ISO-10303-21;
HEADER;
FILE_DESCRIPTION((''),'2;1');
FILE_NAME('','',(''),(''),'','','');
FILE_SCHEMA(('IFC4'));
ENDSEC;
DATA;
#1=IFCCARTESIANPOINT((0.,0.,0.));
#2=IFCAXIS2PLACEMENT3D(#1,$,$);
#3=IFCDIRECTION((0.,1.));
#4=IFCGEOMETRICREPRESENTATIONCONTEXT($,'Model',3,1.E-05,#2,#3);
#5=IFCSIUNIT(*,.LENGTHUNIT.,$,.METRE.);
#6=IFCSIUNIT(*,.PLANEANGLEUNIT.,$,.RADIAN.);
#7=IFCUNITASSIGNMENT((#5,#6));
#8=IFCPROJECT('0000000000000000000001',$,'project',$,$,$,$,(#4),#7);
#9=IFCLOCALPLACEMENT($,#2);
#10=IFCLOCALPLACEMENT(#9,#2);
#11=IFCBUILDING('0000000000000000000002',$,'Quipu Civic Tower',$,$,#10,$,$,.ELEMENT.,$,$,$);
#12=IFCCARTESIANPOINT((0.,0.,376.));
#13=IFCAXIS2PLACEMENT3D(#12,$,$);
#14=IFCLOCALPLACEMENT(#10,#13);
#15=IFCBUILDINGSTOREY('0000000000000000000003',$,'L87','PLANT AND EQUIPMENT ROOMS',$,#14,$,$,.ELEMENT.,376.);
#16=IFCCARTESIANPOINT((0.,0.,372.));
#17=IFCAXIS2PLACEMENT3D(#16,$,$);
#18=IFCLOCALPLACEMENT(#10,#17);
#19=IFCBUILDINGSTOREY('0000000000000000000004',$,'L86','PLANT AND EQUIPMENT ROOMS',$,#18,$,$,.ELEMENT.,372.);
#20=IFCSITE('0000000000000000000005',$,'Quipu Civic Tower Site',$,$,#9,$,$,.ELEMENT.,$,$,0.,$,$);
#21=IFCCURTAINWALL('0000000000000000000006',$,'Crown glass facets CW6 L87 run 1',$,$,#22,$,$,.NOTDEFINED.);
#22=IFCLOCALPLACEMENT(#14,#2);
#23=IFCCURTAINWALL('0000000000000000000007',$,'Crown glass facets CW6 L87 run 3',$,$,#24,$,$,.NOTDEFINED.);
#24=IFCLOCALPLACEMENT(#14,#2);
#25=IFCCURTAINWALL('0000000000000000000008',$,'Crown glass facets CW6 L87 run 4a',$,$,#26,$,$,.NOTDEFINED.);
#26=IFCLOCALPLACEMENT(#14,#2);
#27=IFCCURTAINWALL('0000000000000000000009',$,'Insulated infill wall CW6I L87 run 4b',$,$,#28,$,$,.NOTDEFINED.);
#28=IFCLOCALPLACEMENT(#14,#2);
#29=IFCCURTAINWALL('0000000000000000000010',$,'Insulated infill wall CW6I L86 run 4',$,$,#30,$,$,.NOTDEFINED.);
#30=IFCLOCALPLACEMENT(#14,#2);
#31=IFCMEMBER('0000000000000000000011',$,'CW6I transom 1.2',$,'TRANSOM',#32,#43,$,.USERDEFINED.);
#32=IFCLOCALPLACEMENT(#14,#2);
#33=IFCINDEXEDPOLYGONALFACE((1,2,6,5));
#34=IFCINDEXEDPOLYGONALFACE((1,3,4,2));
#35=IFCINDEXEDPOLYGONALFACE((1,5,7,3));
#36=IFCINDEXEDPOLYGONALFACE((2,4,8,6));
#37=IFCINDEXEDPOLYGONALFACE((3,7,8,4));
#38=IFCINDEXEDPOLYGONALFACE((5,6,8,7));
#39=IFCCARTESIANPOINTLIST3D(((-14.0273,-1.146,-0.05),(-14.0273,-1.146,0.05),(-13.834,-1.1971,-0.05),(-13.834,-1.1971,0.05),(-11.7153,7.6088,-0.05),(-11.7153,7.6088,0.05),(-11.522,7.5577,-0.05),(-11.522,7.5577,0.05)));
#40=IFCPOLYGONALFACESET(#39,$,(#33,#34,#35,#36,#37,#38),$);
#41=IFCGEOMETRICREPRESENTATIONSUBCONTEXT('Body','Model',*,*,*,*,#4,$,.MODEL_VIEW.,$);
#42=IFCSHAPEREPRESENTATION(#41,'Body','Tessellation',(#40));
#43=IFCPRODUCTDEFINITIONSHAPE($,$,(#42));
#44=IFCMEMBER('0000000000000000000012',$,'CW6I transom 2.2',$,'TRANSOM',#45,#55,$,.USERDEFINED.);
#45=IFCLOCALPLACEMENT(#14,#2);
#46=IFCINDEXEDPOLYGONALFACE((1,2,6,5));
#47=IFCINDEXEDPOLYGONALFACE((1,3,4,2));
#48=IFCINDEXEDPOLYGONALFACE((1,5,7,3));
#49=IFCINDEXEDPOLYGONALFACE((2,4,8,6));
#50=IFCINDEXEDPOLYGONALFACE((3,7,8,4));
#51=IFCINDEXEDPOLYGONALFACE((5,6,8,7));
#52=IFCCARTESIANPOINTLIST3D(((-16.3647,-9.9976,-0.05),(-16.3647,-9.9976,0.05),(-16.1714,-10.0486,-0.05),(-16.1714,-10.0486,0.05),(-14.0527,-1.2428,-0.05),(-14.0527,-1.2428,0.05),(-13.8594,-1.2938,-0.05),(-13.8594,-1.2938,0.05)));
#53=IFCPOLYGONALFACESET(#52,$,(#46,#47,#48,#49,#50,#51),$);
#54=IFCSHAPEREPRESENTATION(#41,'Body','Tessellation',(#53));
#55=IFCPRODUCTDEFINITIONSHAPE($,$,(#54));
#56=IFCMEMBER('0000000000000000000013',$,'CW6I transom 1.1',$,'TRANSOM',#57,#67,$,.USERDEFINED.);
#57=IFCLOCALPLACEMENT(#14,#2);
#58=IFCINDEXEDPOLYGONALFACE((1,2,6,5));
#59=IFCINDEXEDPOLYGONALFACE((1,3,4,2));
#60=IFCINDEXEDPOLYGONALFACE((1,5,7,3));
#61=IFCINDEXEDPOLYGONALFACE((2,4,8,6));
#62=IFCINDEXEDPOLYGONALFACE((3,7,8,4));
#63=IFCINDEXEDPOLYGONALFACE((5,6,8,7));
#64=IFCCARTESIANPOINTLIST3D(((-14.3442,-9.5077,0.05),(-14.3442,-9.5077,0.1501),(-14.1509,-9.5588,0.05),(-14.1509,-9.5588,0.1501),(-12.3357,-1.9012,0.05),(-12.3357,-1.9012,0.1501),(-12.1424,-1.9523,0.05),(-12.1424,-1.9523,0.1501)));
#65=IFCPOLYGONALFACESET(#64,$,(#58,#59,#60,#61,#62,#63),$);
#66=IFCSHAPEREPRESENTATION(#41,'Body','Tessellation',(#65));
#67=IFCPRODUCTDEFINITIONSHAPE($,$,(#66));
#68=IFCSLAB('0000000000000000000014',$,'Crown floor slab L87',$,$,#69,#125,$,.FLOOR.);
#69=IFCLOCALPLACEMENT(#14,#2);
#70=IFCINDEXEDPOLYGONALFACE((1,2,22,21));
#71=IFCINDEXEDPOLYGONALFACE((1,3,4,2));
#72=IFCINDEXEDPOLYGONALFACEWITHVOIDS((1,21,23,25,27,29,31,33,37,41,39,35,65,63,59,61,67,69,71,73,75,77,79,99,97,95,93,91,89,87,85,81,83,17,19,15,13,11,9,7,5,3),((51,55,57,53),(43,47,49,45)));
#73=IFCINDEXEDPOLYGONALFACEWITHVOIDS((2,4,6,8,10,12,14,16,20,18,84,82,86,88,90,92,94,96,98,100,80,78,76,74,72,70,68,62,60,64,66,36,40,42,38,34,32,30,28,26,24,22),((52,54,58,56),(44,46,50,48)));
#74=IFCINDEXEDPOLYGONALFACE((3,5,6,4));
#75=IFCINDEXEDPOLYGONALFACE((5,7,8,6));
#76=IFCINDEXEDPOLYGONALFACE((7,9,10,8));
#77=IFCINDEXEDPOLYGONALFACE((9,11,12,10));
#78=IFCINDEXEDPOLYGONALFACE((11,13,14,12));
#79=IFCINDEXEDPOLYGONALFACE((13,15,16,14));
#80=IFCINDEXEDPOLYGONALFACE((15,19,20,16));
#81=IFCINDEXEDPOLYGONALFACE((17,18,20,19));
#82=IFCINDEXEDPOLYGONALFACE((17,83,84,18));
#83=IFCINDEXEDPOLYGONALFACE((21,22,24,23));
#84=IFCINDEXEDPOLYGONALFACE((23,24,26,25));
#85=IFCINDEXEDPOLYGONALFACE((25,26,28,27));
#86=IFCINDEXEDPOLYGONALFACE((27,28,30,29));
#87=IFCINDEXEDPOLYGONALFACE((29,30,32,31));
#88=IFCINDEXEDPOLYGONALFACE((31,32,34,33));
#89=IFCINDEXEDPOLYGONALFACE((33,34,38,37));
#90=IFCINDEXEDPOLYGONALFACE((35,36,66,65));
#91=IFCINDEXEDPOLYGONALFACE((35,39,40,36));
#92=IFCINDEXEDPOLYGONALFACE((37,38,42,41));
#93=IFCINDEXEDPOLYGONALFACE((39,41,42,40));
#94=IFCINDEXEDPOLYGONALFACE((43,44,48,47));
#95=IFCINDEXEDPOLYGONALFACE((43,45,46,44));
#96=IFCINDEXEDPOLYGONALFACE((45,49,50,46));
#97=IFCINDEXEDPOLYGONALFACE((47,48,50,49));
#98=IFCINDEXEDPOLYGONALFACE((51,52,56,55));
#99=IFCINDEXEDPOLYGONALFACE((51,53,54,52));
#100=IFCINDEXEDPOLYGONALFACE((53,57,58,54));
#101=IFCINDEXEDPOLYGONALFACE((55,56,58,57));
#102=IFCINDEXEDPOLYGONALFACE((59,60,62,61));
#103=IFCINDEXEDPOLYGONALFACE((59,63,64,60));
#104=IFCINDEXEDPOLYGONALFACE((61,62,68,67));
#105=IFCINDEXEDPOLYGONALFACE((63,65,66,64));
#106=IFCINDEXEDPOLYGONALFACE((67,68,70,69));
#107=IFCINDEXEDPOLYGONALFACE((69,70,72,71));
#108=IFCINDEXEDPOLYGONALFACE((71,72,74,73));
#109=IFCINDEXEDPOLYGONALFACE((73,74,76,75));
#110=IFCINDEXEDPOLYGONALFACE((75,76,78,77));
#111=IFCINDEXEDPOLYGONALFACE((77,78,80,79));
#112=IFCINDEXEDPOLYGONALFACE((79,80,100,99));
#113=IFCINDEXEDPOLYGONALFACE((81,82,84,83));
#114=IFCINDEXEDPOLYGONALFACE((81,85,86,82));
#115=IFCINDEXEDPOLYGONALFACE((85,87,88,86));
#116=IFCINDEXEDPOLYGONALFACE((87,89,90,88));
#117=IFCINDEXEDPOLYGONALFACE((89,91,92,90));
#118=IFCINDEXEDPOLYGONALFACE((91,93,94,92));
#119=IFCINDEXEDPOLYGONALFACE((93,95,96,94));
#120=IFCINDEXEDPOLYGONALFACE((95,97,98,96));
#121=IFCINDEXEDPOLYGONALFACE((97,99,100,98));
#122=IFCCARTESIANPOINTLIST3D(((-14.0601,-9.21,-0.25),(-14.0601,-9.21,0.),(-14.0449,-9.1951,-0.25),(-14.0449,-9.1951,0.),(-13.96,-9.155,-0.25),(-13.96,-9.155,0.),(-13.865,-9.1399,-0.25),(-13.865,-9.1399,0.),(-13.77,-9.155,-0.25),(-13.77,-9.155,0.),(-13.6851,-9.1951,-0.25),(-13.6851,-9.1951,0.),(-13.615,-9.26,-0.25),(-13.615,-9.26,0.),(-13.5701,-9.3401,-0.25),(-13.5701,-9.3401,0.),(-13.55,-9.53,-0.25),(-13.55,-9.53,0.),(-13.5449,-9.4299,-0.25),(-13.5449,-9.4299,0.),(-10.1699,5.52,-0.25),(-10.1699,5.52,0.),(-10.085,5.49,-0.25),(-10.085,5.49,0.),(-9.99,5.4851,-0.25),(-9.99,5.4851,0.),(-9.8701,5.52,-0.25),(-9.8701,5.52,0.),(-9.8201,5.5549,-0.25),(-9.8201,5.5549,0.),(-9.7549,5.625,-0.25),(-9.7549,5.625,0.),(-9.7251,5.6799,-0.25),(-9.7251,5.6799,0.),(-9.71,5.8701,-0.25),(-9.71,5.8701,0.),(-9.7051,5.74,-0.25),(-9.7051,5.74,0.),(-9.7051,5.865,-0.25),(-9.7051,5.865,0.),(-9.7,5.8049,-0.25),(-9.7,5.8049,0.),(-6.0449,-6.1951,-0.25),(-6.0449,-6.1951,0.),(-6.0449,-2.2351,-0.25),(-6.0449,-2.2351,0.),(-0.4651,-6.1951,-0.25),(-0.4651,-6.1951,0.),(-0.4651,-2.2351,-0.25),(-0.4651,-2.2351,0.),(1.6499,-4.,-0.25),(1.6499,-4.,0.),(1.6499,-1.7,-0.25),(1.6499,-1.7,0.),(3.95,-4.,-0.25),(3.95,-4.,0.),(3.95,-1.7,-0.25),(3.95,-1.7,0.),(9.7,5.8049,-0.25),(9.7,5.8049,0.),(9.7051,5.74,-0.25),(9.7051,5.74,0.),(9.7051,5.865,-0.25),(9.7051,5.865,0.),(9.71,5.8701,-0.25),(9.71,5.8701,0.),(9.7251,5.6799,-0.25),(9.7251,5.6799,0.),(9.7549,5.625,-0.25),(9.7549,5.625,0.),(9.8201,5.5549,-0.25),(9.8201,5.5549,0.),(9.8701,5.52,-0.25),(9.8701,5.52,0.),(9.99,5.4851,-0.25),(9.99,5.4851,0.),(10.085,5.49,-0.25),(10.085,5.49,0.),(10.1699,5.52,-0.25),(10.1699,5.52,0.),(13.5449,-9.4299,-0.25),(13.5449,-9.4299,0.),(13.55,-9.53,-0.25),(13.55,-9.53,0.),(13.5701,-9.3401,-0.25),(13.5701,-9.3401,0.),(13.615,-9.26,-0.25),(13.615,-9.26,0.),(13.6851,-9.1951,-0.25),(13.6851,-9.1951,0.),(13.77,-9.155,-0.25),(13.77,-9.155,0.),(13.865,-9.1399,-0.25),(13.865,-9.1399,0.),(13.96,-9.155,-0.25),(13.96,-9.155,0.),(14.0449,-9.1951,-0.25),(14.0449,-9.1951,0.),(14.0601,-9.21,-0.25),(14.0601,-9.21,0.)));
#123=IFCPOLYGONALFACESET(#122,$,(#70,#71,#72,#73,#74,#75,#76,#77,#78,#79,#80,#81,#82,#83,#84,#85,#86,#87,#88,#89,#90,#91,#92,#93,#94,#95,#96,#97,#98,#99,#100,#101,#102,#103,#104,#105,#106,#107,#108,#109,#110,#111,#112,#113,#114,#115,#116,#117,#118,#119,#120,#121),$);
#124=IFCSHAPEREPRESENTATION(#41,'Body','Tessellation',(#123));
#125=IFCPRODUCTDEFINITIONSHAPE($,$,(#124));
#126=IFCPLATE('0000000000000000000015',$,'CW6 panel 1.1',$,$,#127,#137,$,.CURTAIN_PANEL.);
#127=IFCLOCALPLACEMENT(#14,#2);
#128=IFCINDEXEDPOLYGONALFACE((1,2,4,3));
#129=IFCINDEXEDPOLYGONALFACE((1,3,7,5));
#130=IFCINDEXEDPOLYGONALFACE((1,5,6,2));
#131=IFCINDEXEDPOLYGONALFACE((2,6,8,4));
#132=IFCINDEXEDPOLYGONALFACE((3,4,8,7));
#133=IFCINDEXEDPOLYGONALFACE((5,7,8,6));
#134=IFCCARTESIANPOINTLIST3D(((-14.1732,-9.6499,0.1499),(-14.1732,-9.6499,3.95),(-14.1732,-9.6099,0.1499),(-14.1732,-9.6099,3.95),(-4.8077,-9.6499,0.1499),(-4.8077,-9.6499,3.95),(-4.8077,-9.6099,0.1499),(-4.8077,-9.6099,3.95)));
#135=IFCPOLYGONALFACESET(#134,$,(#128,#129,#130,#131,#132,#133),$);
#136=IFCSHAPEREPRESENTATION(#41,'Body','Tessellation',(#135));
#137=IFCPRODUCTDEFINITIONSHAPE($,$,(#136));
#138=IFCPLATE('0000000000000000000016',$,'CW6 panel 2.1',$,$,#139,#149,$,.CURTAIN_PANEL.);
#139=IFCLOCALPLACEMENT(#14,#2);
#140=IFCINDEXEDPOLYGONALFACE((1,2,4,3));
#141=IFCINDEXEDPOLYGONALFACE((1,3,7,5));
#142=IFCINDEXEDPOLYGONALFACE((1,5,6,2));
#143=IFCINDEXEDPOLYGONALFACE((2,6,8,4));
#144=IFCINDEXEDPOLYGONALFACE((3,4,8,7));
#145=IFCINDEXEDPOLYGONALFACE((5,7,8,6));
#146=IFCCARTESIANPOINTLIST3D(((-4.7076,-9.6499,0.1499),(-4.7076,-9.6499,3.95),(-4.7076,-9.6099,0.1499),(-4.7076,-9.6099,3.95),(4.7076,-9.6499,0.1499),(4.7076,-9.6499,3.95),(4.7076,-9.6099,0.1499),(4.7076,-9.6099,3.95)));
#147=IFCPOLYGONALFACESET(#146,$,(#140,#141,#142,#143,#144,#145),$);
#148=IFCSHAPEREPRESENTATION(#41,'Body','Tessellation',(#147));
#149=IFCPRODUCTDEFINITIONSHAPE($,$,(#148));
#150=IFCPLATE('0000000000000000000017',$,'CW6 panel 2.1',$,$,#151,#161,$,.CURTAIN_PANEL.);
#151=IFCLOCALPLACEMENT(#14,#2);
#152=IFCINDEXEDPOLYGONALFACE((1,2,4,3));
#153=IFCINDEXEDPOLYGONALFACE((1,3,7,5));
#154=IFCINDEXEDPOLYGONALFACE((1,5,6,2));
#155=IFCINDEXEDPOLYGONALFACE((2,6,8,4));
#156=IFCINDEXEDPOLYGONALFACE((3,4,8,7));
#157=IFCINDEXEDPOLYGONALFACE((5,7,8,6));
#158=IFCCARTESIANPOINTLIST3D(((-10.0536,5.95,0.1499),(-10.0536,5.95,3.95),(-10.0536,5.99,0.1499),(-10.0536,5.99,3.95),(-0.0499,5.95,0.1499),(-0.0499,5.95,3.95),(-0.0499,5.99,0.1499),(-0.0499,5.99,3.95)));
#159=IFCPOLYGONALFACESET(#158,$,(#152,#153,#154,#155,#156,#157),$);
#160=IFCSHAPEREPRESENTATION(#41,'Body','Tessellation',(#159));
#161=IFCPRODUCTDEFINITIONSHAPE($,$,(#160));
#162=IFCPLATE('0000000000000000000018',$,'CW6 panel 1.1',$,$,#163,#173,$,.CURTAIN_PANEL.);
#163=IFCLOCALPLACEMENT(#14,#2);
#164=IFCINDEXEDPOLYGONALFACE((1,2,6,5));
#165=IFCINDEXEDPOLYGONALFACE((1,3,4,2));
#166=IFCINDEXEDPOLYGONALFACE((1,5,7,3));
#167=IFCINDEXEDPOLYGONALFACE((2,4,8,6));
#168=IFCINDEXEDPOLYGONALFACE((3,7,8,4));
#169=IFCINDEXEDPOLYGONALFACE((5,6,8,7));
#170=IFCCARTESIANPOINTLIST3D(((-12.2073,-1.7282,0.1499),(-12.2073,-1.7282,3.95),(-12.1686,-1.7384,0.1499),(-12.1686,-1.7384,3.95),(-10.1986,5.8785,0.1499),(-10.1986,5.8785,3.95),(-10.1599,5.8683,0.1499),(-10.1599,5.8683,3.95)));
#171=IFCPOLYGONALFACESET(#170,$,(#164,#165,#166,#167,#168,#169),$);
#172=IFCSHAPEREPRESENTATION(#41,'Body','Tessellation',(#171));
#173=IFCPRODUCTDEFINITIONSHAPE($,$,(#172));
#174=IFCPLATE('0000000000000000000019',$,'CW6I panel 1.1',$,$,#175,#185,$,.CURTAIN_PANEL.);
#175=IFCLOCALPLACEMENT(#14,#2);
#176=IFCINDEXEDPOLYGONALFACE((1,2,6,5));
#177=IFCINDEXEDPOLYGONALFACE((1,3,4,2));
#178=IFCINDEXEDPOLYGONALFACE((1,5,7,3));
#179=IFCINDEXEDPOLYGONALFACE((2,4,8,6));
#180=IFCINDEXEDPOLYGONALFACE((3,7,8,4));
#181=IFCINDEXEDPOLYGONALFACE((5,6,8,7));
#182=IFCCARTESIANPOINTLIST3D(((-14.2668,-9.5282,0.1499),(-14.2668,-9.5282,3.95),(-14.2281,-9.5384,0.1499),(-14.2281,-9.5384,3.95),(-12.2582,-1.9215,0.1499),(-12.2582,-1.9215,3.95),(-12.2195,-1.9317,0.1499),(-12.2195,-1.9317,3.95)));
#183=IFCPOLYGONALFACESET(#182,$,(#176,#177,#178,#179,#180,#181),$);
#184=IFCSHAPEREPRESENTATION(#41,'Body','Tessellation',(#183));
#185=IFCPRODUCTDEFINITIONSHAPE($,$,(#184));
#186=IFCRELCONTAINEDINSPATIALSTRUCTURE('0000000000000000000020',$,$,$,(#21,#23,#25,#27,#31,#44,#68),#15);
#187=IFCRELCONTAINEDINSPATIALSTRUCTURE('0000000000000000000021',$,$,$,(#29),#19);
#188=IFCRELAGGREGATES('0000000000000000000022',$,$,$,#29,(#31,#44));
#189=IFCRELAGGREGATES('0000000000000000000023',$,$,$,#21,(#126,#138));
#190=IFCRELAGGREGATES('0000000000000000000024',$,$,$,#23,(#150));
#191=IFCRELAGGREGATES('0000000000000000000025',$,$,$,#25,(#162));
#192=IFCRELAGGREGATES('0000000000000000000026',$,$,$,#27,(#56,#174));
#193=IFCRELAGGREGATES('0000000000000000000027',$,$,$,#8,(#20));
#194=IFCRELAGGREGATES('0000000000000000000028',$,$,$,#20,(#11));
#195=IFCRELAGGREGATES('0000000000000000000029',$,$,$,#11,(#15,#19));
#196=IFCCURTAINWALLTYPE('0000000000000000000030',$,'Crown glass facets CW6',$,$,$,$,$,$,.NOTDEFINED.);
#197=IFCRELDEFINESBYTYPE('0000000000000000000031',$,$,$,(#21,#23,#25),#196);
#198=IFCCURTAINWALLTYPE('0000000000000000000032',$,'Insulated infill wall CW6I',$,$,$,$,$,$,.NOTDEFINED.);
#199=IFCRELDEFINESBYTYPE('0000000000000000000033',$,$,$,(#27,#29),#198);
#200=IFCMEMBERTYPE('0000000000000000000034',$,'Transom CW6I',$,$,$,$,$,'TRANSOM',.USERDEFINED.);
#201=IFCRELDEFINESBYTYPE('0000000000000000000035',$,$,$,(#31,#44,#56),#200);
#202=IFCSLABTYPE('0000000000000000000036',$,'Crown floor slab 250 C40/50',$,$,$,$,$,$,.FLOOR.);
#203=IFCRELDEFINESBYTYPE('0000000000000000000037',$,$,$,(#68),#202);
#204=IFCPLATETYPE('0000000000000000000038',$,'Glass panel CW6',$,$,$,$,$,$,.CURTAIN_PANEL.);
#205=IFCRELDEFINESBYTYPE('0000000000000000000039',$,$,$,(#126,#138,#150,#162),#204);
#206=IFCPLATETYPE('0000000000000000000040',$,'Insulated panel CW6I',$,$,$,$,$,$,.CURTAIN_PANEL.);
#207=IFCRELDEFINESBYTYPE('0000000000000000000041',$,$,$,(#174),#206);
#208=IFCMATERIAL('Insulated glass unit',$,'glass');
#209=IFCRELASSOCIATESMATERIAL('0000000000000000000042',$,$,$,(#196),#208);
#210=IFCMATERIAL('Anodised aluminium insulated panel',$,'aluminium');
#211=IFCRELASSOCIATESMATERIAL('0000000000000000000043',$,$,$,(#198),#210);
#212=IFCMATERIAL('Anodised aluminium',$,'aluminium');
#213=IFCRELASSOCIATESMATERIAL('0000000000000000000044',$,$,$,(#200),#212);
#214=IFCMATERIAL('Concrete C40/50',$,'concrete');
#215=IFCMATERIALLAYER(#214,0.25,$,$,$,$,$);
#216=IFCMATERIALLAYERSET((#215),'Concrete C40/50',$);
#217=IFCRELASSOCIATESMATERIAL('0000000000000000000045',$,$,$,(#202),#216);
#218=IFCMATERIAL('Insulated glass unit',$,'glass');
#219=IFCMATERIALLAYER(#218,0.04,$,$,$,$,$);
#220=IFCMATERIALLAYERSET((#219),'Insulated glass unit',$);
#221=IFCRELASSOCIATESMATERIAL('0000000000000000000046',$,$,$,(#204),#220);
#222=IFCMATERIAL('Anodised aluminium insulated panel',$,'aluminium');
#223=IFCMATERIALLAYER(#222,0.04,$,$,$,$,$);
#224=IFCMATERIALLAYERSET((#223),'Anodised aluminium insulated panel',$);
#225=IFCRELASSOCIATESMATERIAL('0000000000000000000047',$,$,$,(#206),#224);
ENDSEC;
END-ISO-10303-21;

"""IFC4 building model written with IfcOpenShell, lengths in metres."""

from ifc_helpers import new_model, si_unit, direction, frame, origin, origin_2d, place, context, subcontext, project, spatial, polyline, rectangle, outline, extrude, material, layer, layer_set, material_profile, profile_set, type_object, element, aggregate, save


model = new_model("IFC4")

# Units and contexts
model_context = context("Model", 3, precision=1e-05, world=origin(), true_north=direction((0.0, 1.0)))
body_context = subcontext(model_context, "Body", "Model", "MODEL_VIEW")
ifc_project = project(units=[si_unit("LENGTHUNIT", "METRE"), si_unit("PLANEANGLEUNIT", "RADIAN")], contexts=[model_context])

# Site, building, storey
site_placement = place(None, origin())
site = spatial("IfcSite", under=ifc_project, at=site_placement, Name="Quipu Civic Tower Site", CompositionType="ELEMENT", RefElevation=0.0)
building_placement = place(site_placement, origin())
building = spatial("IfcBuilding", under=site, at=building_placement, Name="Quipu Civic Tower", CompositionType="ELEMENT")
storey_1_placement = place(building_placement, frame((0.0, 0.0, 376.0)))
storey_1 = spatial("IfcBuildingStorey", under=building, at=storey_1_placement, Name="L87", Description="PLANT AND EQUIPMENT ROOMS", CompositionType="ELEMENT", Elevation=376.0)

# Curtain wall
ifc_material_1 = material(Name="Insulated glass unit", Category="glass")
curtain_wall_type_1 = type_object("IfcCurtainWallType", Name="Crown glass facets CW6", PredefinedType="NOTDEFINED", material=ifc_material_1)
curtain_wall_1_placement = place(storey_1_placement, origin())
curtain_wall_1 = element("IfcCurtainWall", 1, at=curtain_wall_1_placement, inside=storey_1, type_object=curtain_wall_type_1, Name="Crown glass facets CW6 L87 run 1", PredefinedType="NOTDEFINED")

# Curtain wall
curtain_wall_2_placement = place(storey_1_placement, origin())
curtain_wall_2 = element("IfcCurtainWall", 2, at=curtain_wall_2_placement, inside=storey_1, type_object=curtain_wall_type_1, Name="Crown glass facets CW6 L87 run 3", PredefinedType="NOTDEFINED")

# Curtain walls
curtain_wall_3_placement = place(storey_1_placement, origin())
curtain_wall_3 = element("IfcCurtainWall", 3, at=curtain_wall_3_placement, inside=storey_1, type_object=curtain_wall_type_1, Name="Crown glass facets CW6 L87 run 4a", PredefinedType="NOTDEFINED")
ifc_material_2 = material(Name="Anodised aluminium insulated panel", Category="aluminium")
curtain_wall_type_2 = type_object("IfcCurtainWallType", Name="Insulated infill wall CW6I", PredefinedType="NOTDEFINED", material=ifc_material_2)
curtain_wall_4_placement = place(storey_1_placement, origin())
curtain_wall_4 = element("IfcCurtainWall", 4, at=curtain_wall_4_placement, inside=storey_1, type_object=curtain_wall_type_2, Name="Insulated infill wall CW6I L87 run 4b", PredefinedType="NOTDEFINED")

# Shared definitions
storey_2_placement = place(building_placement, frame((0.0, 0.0, 372.0)))
storey_2 = spatial("IfcBuildingStorey", under=building, at=storey_2_placement, Name="L86", Description="PLANT AND EQUIPMENT ROOMS", CompositionType="ELEMENT", Elevation=372.0)

# Curtain wall, members
curtain_wall_5_placement = place(storey_2_placement, origin())
curtain_wall_5 = element("IfcCurtainWall", 5, at=curtain_wall_5_placement, inside=storey_2, type_object=curtain_wall_type_2, Name="Insulated infill wall CW6I L86 run 4", PredefinedType="NOTDEFINED")
ifc_material_3 = material(Name="Anodised aluminium", Category="aluminium")
ifc_material_profile_1 = material_profile(ifc_material_3, rectangle(XDim=0.2, YDim=0.1001, at=origin_2d()), Name="RECT 200x100")
ifc_profile_set_1 = profile_set([ifc_material_profile_1], Name="Anodised aluminium")
member_type_1 = type_object("IfcMemberType", Name="Transom CW6I", ElementType="TRANSOM", PredefinedType="USERDEFINED", material=ifc_profile_set_1)
member_1_placement = place(storey_1_placement, frame((-11.6187, 7.5833, 0.0), z_axis=(-0.255329, -0.966854, 0.0), x_axis=(0.966854, -0.255329, 0.0)))
member_1 = element("IfcMember", 6, at=member_1_placement, inside=storey_1, type_object=member_type_1, Name="CW6I transom 1.2", ObjectType="TRANSOM", PredefinedType="USERDEFINED", context=body_context, shape_type="SweptSolid", body=[
    extrude(rectangle(XDim=0.2, YDim=0.1001, at=origin_2d()), origin(), (0.0, 0.0, 1.0), 9.0549),
])
member_2_placement = place(storey_1_placement, frame((-13.9561, -1.2683, 0.0), z_axis=(-0.255329, -0.966854, 0.0), x_axis=(0.966854, -0.255329, 0.0)))
member_2 = element("IfcMember", 7, at=member_2_placement, inside=storey_1, type_object=member_type_1, Name="CW6I transom 2.2", ObjectType="TRANSOM", PredefinedType="USERDEFINED", context=body_context, shape_type="SweptSolid", body=[
    extrude(rectangle(XDim=0.2, YDim=0.1001, at=origin_2d()), origin(), (0.0, 0.0, 1.0), 9.0549),
])
aggregate(curtain_wall_5, [member_1, member_2])

# Member
member_3_placement = place(storey_1_placement, frame((-12.239, -1.9268, 0.1001), z_axis=(-0.255307, -0.96686, 0.0), x_axis=(0.96686, -0.255307, 0.0)))
member_3 = element("IfcMember", 8, at=member_3_placement, type_object=member_type_1, Name="CW6I transom 1.1", ObjectType="TRANSOM", PredefinedType="USERDEFINED", context=body_context, shape_type="SweptSolid", body=[
    extrude(rectangle(XDim=0.2, YDim=0.1001, at=origin_2d()), origin(), (0.0, 0.0, 1.0), 7.8672),
])

# Slab
ifc_material_4 = material(Name="Concrete C40/50", Category="concrete")
ifc_layer_1 = layer(ifc_material_4, 0.25)
ifc_layer_set_1 = layer_set([ifc_layer_1], Name="Concrete C40/50")
slab_type = type_object("IfcSlabType", Name="Crown floor slab 250 C40/50", PredefinedType="FLOOR", material=ifc_layer_set_1)
slab_placement = place(storey_1_placement, frame((0.0, 0.0, -0.25)))
element("IfcSlab", 9, at=slab_placement, inside=storey_1, type_object=slab_type, Name="Crown floor slab L87", PredefinedType="FLOOR", context=body_context, shape_type="SweptSolid", body=[
    extrude(outline(polyline([(-13.55, -9.53), (-13.5449, -9.4299), (-13.5701, -9.3401), (-13.615, -9.26), (-13.6851, -9.1951), (-13.77, -9.155), (-13.865, -9.1399), (-13.96, -9.155), (-14.0449, -9.1951), (-14.0601, -9.21), (-10.1699, 5.52), (-10.085, 5.49), (-9.99, 5.4851), (-9.8701, 5.52), (-9.8201, 5.5549), (-9.7549, 5.625), (-9.7251, 5.6799), (-9.7051, 5.74), (-9.7, 5.8049), (-9.7051, 5.865), (-9.71, 5.8701), (9.71, 5.8701), (9.7051, 5.865), (9.7, 5.8049), (9.7051, 5.74), (9.7251, 5.6799), (9.7549, 5.625), (9.8201, 5.5549), (9.8701, 5.52), (9.99, 5.4851), (10.085, 5.49), (10.1699, 5.52), (14.0601, -9.21), (14.0449, -9.1951), (13.96, -9.155), (13.865, -9.1399), (13.77, -9.155), (13.6851, -9.1951), (13.615, -9.26), (13.5701, -9.3401), (13.5449, -9.4299), (13.55, -9.53), (-13.55, -9.53)]), holes=[polyline([(-6.0449, -2.2351), (-6.0449, -6.1951), (-0.4651, -6.1951), (-0.4651, -2.2351), (-6.0449, -2.2351)]), polyline([(3.95, -1.7), (1.6499, -1.7), (1.6499, -4.0), (3.95, -4.0), (3.95, -1.7)])]), origin(), (0.0, 0.0, 1.0), 0.25),
])

# Plates
ifc_material_5 = material(Name="Insulated glass unit", Category="glass")
ifc_layer_2 = layer(ifc_material_5, 0.04)
ifc_layer_set_2 = layer_set([ifc_layer_2], Name="Insulated glass unit")
plate_type_1 = type_object("IfcPlateType", Name="Glass panel CW6", PredefinedType="CURTAIN_PANEL", material=ifc_layer_set_2)
plate_1_placement = place(storey_1_placement, frame((-9.4905, -9.6299, 0.1499), z_axis=(0.0, 0.0, 1.0), x_axis=(1.0, 0.0, 0.0)))
plate_1 = element("IfcPlate", 10, at=plate_1_placement, type_object=plate_type_1, Name="CW6 panel 1.1", PredefinedType="CURTAIN_PANEL", context=body_context, shape_type="SweptSolid", body=[
    extrude(rectangle(XDim=9.3655, YDim=0.04, at=origin_2d()), origin(), (0.0, 0.0, 1.0), 3.8),
])
plate_2_placement = place(storey_1_placement, frame((0.0, -9.6299, 0.1499), z_axis=(0.0, 0.0, 1.0), x_axis=(1.0, 0.0, 0.0)))
plate_2 = element("IfcPlate", 11, at=plate_2_placement, type_object=plate_type_1, Name="CW6 panel 2.1", PredefinedType="CURTAIN_PANEL", context=body_context, shape_type="SweptSolid", body=[
    extrude(rectangle(XDim=9.4153, YDim=0.04, at=origin_2d()), origin(), (0.0, 0.0, 1.0), 3.8),
])
aggregate(curtain_wall_1, [plate_1, plate_2])
plate_3_placement = place(storey_1_placement, frame((-5.0518, 5.97, 0.1499), z_axis=(0.0, 0.0, 1.0), x_axis=(-1.0, 0.0, 0.0)))
plate_3 = element("IfcPlate", 12, at=plate_3_placement, type_object=plate_type_1, Name="CW6 panel 2.1", PredefinedType="CURTAIN_PANEL", context=body_context, shape_type="SweptSolid", body=[
    extrude(rectangle(XDim=10.0037, YDim=0.04, at=origin_2d()), origin(), (0.0, 0.0, 1.0), 3.8),
])
aggregate(curtain_wall_2, [plate_3])
plate_4_placement = place(storey_1_placement, frame((-11.1836, 2.0701, 0.1499), z_axis=(0.0, 0.0, 1.0), x_axis=(-0.255313, -0.966859, 0.0)))
plate_4 = element("IfcPlate", 13, at=plate_4_placement, type_object=plate_type_1, Name="CW6 panel 1.1", PredefinedType="CURTAIN_PANEL", context=body_context, shape_type="SweptSolid", body=[
    extrude(rectangle(XDim=7.8674, YDim=0.04, at=origin_2d()), origin(), (0.0, 0.0, 1.0), 3.8),
])
aggregate(curtain_wall_3, [plate_4])
ifc_material_6 = material(Name="Anodised aluminium insulated panel", Category="aluminium")
ifc_layer_3 = layer(ifc_material_6, 0.04)
ifc_layer_set_3 = layer_set([ifc_layer_3], Name="Anodised aluminium insulated panel")
plate_type_2 = type_object("IfcPlateType", Name="Insulated panel CW6I", PredefinedType="CURTAIN_PANEL", material=ifc_layer_set_3)
plate_5_placement = place(storey_1_placement, frame((-13.2432, -5.73, 0.1499), z_axis=(0.0, 0.0, 1.0), x_axis=(-0.255313, -0.966859, 0.0)))
plate_5 = element("IfcPlate", 14, at=plate_5_placement, type_object=plate_type_2, Name="CW6I panel 1.1", PredefinedType="CURTAIN_PANEL", context=body_context, shape_type="SweptSolid", body=[
    extrude(rectangle(XDim=7.8674, YDim=0.04, at=origin_2d()), origin(), (0.0, 0.0, 1.0), 3.8),
])
aggregate(curtain_wall_4, [member_3, plate_5])

save(model, "model.ifc")
